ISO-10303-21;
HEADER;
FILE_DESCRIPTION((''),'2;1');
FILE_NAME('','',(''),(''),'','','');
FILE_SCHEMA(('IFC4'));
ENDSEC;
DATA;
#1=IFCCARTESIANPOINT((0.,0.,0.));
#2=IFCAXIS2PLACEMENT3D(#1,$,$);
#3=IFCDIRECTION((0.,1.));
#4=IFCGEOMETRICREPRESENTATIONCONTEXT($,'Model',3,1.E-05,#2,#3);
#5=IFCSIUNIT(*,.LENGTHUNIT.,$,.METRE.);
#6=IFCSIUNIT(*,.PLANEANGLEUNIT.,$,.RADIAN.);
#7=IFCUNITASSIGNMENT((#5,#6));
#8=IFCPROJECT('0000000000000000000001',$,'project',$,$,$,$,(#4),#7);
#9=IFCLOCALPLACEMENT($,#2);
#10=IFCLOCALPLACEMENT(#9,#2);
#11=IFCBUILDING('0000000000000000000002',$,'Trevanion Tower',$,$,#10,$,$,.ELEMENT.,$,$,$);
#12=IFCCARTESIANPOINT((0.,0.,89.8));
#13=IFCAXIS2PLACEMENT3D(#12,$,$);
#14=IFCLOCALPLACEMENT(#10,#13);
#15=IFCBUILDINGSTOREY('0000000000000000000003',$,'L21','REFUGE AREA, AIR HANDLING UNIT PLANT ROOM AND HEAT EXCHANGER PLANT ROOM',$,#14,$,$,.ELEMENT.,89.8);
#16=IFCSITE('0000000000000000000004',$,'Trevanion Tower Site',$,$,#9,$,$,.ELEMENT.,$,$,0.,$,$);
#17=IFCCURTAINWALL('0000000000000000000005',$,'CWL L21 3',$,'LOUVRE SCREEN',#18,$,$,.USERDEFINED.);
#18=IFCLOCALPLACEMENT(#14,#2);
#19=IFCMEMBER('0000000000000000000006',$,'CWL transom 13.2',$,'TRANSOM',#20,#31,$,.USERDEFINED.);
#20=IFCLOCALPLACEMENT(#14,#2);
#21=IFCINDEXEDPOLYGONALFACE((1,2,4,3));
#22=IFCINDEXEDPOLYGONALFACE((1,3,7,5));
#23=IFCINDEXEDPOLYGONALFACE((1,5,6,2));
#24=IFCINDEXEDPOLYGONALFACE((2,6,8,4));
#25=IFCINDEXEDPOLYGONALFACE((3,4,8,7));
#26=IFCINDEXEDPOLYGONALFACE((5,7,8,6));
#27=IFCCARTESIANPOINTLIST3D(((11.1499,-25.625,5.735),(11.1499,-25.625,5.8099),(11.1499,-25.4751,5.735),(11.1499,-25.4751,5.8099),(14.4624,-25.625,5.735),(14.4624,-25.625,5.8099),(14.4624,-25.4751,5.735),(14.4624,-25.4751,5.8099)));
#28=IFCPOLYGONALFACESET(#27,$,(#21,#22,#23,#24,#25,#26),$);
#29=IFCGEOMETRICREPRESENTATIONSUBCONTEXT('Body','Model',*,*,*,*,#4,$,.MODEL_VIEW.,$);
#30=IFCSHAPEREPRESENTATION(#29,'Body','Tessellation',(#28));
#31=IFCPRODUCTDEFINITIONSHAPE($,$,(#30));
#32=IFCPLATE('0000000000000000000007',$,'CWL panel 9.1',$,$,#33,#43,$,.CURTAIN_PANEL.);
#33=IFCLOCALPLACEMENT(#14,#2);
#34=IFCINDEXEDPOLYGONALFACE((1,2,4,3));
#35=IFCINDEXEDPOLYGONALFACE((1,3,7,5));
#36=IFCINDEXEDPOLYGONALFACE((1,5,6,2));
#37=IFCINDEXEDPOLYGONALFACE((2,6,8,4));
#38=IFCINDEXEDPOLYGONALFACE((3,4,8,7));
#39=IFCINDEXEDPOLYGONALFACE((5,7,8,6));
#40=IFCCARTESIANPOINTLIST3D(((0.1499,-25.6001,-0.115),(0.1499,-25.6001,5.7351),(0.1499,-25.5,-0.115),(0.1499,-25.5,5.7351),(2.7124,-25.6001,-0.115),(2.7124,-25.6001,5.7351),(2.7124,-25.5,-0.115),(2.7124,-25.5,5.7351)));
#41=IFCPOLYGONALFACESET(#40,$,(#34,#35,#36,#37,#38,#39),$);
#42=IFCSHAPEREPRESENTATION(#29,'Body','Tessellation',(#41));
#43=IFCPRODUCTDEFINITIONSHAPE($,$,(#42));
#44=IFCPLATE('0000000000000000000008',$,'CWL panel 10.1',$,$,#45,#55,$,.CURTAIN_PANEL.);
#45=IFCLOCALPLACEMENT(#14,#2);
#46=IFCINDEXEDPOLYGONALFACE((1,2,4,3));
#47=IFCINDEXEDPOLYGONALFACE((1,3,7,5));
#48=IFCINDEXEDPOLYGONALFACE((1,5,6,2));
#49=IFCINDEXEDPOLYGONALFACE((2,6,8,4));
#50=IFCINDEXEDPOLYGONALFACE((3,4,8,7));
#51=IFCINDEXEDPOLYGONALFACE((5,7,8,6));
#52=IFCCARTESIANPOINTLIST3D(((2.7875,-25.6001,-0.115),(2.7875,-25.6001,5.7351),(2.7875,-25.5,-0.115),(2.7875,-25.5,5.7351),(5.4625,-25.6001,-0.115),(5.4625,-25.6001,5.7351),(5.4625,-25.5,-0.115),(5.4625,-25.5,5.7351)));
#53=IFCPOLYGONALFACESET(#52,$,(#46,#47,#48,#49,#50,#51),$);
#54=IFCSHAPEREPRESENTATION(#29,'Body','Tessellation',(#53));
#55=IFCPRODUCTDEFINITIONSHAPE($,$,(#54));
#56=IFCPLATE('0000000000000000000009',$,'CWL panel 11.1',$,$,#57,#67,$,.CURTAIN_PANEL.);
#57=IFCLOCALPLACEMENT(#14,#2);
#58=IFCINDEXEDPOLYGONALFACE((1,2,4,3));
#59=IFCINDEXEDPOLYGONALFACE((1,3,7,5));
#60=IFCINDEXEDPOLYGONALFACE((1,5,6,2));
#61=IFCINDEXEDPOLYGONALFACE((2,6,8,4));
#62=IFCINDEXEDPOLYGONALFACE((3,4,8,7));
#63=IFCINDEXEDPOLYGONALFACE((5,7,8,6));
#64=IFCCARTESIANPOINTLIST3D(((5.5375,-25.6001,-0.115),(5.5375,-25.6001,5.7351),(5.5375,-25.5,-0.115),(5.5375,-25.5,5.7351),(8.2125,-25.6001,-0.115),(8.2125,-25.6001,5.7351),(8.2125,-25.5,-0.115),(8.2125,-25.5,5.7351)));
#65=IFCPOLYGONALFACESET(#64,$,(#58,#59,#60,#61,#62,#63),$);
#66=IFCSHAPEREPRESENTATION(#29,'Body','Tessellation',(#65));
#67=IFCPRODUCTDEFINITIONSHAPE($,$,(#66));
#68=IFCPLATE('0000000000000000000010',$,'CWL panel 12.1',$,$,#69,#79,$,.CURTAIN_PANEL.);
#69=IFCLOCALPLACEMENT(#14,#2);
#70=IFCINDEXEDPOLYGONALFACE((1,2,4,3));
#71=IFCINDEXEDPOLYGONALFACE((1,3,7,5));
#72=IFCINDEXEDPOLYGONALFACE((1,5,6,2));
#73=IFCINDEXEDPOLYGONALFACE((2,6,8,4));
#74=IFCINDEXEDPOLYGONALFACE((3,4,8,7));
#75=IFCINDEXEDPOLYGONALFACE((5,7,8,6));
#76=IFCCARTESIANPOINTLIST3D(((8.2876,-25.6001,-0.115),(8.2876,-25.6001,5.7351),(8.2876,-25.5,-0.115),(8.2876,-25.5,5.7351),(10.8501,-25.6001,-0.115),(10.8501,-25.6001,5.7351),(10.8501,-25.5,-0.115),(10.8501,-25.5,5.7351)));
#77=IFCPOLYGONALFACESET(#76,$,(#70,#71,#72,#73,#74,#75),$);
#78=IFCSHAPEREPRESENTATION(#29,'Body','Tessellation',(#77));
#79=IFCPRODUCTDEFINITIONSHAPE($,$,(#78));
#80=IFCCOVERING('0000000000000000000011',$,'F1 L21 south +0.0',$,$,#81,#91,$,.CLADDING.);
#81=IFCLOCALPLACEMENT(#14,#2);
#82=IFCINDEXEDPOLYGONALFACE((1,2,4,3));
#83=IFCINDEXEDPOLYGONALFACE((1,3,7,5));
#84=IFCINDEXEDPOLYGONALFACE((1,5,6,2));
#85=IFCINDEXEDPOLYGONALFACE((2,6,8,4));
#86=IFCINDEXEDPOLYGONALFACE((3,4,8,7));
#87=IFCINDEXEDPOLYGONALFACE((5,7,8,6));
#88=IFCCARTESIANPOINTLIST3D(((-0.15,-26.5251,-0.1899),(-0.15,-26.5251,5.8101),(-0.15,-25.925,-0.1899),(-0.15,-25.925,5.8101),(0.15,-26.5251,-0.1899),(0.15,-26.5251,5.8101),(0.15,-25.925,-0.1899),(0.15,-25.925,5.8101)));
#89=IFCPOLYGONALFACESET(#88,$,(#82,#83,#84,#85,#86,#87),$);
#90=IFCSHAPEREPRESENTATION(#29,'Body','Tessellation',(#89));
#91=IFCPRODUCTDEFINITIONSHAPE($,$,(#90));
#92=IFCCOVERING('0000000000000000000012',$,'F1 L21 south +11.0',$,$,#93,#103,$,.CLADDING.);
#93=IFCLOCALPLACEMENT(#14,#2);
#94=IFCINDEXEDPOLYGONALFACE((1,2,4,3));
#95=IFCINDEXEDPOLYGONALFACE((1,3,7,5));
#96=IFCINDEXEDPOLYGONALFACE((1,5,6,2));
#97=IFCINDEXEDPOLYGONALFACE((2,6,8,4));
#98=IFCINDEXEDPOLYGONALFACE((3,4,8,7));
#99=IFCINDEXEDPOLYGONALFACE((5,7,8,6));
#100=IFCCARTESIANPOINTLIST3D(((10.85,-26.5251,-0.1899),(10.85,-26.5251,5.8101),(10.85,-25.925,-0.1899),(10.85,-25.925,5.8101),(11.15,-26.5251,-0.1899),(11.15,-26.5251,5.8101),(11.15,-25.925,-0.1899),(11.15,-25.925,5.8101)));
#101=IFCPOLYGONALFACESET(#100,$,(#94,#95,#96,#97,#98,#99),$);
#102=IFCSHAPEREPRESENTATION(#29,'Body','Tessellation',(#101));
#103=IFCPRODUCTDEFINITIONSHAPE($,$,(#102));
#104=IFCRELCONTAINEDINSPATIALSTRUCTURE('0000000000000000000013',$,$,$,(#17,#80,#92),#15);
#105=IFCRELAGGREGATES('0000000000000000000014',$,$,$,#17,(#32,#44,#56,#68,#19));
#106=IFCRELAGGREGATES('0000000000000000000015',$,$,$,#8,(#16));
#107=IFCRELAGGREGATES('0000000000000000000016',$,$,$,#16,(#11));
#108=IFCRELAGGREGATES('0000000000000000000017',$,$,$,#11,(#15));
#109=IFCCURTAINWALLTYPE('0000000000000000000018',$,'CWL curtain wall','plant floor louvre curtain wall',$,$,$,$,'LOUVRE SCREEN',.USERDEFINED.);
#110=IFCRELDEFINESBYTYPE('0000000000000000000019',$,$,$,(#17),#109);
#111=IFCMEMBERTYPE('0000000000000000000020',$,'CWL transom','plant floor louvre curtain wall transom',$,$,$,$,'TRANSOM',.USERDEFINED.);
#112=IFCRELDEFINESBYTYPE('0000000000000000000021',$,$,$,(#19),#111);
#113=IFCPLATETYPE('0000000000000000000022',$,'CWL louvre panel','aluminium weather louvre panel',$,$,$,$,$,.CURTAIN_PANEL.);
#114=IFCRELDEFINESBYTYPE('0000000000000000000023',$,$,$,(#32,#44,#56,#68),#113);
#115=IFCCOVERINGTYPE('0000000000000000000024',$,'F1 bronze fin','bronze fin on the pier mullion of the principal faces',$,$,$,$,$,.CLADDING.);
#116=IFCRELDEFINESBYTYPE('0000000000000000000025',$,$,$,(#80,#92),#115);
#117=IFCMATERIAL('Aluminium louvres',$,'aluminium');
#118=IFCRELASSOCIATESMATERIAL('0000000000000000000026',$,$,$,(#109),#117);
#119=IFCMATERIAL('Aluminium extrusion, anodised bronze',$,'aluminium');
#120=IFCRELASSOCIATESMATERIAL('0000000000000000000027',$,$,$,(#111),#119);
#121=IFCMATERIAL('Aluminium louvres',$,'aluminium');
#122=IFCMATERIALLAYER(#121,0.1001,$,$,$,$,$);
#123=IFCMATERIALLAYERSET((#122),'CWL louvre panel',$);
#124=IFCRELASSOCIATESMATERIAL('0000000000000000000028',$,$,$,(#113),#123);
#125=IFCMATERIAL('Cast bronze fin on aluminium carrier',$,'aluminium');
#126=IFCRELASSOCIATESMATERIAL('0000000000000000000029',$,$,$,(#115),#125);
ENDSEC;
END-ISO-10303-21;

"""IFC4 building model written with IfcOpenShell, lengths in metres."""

from ifc_helpers import new_model, si_unit, direction, frame, origin, origin_2d, place, context, subcontext, project, spatial, rectangle, extrude, material, layer, layer_set, material_profile, profile_set, type_object, element, aggregate, save


model = new_model("IFC4")

# Units and contexts
model_context = context("Model", 3, precision=1e-05, world=origin(), true_north=direction((0.0, 1.0)))
body_context = subcontext(model_context, "Body", "Model", "MODEL_VIEW")
ifc_project = project(units=[si_unit("LENGTHUNIT", "METRE"), si_unit("PLANEANGLEUNIT", "RADIAN")], contexts=[model_context])

# Site, building, storey
site_placement = place(None, origin())
site = spatial("IfcSite", under=ifc_project, at=site_placement, Name="Trevanion Tower Site", CompositionType="ELEMENT", RefElevation=0.0)
building_placement = place(site_placement, origin())
building = spatial("IfcBuilding", under=site, at=building_placement, Name="Trevanion Tower", CompositionType="ELEMENT")
storey_placement = place(building_placement, frame((0.0, 0.0, 89.8)))
storey = spatial("IfcBuildingStorey", under=building, at=storey_placement, Name="L21", Description="REFUGE AREA, AIR HANDLING UNIT PLANT ROOM AND HEAT EXCHANGER PLANT ROOM", CompositionType="ELEMENT", Elevation=89.8)

# Curtain wall, member, plates
ifc_material_1 = material(Name="Aluminium louvres", Category="aluminium")
curtain_wall_type = type_object("IfcCurtainWallType", Name="CWL curtain wall", Description="plant floor louvre curtain wall", ElementType="LOUVRE SCREEN", PredefinedType="USERDEFINED", material=ifc_material_1)
curtain_wall_placement = place(storey_placement, origin())
curtain_wall = element("IfcCurtainWall", 1, at=curtain_wall_placement, inside=storey, type_object=curtain_wall_type, Name="CWL L21 3", ObjectType="LOUVRE SCREEN", PredefinedType="USERDEFINED")
ifc_material_2 = material(Name="Aluminium extrusion, anodised bronze", Category="aluminium")
ifc_material_profile_1 = material_profile(ifc_material_2, rectangle(XDim=0.1499, YDim=0.075, at=origin_2d()), Name="CWL transom")
ifc_profile_set_1 = profile_set([ifc_material_profile_1], Name="Aluminium extrusion, anodised bronze")
member_type_1 = type_object("IfcMemberType", Name="CWL transom", Description="plant floor louvre curtain wall transom", ElementType="TRANSOM", PredefinedType="USERDEFINED", material=ifc_profile_set_1)
member_1_placement = place(storey_placement, frame((11.1499, -25.55, 5.7725), z_axis=(1.0, 0.0, 0.0), x_axis=(0.0, 1.0, 0.0)))
member_1 = element("IfcMember", 2, at=member_1_placement, type_object=member_type_1, Name="CWL transom 13.2", ObjectType="TRANSOM", PredefinedType="USERDEFINED", context=body_context, shape_type="SweptSolid", body=[
    extrude(rectangle(XDim=0.1499, YDim=0.075, at=origin_2d()), origin(), (0.0, 0.0, 1.0), 3.3125),
])
ifc_material_3 = material(Name="Aluminium louvres", Category="aluminium")
ifc_layer = layer(ifc_material_3, 0.1001)
ifc_layer_set = layer_set([ifc_layer], Name="CWL louvre panel")
plate_type = type_object("IfcPlateType", Name="CWL louvre panel", Description="aluminium weather louvre panel", PredefinedType="CURTAIN_PANEL", material=ifc_layer_set)
plate_1_placement = place(storey_placement, frame((1.4312, -25.55, -0.115), z_axis=(0.0, 0.0, 1.0), x_axis=(1.0, 0.0, 0.0)))
plate_1 = element("IfcPlate", 3, at=plate_1_placement, type_object=plate_type, Name="CWL panel 9.1", PredefinedType="CURTAIN_PANEL", context=body_context, shape_type="SweptSolid", body=[
    extrude(rectangle(XDim=2.5625, YDim=0.1001, at=origin_2d()), origin(), (0.0, 0.0, 1.0), 5.8501),
])
plate_2_placement = place(storey_placement, frame((4.125, -25.55, -0.115), z_axis=(0.0, 0.0, 1.0), x_axis=(1.0, 0.0, 0.0)))
plate_2 = element("IfcPlate", 4, at=plate_2_placement, type_object=plate_type, Name="CWL panel 10.1", PredefinedType="CURTAIN_PANEL", context=body_context, shape_type="SweptSolid", body=[
    extrude(rectangle(XDim=2.675, YDim=0.1001, at=origin_2d()), origin(), (0.0, 0.0, 1.0), 5.8501),
])
plate_3_placement = place(storey_placement, frame((6.875, -25.55, -0.115), z_axis=(0.0, 0.0, 1.0), x_axis=(1.0, 0.0, 0.0)))
plate_3 = element("IfcPlate", 5, at=plate_3_placement, type_object=plate_type, Name="CWL panel 11.1", PredefinedType="CURTAIN_PANEL", context=body_context, shape_type="SweptSolid", body=[
    extrude(rectangle(XDim=2.675, YDim=0.1001, at=origin_2d()), origin(), (0.0, 0.0, 1.0), 5.8501),
])
plate_4_placement = place(storey_placement, frame((9.5688, -25.55, -0.115), z_axis=(0.0, 0.0, 1.0), x_axis=(1.0, 0.0, 0.0)))
plate_4 = element("IfcPlate", 6, at=plate_4_placement, type_object=plate_type, Name="CWL panel 12.1", PredefinedType="CURTAIN_PANEL", context=body_context, shape_type="SweptSolid", body=[
    extrude(rectangle(XDim=2.5625, YDim=0.1001, at=origin_2d()), origin(), (0.0, 0.0, 1.0), 5.8501),
])
aggregate(curtain_wall, [plate_1, plate_2, plate_3, plate_4, member_1])

# Coverings
ifc_material_4 = material(Name="Cast bronze fin on aluminium carrier", Category="aluminium")
covering_type = type_object("IfcCoveringType", Name="F1 bronze fin", Description="bronze fin on the pier mullion of the principal faces", PredefinedType="CLADDING", material=ifc_material_4)
for number, where, z_axis, x_axis, name in (
    (7, (0.0, -26.2251, -0.1899), (0.0, 0.0, 1.0), (1.0, 0.0, 0.0), "F1 L21 south +0.0"),
    (8, (11.0, -26.2251, -0.1899), (0.0, 0.0, 1.0), (1.0, 0.0, 0.0), "F1 L21 south +11.0"),
):
    element("IfcCovering", number, at=place(storey_placement, frame(where, z_axis=z_axis, x_axis=x_axis)), inside=storey, type_object=covering_type, Name=name, PredefinedType="CLADDING", context=body_context, shape_type="SweptSolid", body=[
        extrude(rectangle(XDim=0.3, YDim=0.6001, at=origin_2d()), origin(), (0.0, 0.0, 1.0), 6.0),
    ])

save(model, "model.ifc")
